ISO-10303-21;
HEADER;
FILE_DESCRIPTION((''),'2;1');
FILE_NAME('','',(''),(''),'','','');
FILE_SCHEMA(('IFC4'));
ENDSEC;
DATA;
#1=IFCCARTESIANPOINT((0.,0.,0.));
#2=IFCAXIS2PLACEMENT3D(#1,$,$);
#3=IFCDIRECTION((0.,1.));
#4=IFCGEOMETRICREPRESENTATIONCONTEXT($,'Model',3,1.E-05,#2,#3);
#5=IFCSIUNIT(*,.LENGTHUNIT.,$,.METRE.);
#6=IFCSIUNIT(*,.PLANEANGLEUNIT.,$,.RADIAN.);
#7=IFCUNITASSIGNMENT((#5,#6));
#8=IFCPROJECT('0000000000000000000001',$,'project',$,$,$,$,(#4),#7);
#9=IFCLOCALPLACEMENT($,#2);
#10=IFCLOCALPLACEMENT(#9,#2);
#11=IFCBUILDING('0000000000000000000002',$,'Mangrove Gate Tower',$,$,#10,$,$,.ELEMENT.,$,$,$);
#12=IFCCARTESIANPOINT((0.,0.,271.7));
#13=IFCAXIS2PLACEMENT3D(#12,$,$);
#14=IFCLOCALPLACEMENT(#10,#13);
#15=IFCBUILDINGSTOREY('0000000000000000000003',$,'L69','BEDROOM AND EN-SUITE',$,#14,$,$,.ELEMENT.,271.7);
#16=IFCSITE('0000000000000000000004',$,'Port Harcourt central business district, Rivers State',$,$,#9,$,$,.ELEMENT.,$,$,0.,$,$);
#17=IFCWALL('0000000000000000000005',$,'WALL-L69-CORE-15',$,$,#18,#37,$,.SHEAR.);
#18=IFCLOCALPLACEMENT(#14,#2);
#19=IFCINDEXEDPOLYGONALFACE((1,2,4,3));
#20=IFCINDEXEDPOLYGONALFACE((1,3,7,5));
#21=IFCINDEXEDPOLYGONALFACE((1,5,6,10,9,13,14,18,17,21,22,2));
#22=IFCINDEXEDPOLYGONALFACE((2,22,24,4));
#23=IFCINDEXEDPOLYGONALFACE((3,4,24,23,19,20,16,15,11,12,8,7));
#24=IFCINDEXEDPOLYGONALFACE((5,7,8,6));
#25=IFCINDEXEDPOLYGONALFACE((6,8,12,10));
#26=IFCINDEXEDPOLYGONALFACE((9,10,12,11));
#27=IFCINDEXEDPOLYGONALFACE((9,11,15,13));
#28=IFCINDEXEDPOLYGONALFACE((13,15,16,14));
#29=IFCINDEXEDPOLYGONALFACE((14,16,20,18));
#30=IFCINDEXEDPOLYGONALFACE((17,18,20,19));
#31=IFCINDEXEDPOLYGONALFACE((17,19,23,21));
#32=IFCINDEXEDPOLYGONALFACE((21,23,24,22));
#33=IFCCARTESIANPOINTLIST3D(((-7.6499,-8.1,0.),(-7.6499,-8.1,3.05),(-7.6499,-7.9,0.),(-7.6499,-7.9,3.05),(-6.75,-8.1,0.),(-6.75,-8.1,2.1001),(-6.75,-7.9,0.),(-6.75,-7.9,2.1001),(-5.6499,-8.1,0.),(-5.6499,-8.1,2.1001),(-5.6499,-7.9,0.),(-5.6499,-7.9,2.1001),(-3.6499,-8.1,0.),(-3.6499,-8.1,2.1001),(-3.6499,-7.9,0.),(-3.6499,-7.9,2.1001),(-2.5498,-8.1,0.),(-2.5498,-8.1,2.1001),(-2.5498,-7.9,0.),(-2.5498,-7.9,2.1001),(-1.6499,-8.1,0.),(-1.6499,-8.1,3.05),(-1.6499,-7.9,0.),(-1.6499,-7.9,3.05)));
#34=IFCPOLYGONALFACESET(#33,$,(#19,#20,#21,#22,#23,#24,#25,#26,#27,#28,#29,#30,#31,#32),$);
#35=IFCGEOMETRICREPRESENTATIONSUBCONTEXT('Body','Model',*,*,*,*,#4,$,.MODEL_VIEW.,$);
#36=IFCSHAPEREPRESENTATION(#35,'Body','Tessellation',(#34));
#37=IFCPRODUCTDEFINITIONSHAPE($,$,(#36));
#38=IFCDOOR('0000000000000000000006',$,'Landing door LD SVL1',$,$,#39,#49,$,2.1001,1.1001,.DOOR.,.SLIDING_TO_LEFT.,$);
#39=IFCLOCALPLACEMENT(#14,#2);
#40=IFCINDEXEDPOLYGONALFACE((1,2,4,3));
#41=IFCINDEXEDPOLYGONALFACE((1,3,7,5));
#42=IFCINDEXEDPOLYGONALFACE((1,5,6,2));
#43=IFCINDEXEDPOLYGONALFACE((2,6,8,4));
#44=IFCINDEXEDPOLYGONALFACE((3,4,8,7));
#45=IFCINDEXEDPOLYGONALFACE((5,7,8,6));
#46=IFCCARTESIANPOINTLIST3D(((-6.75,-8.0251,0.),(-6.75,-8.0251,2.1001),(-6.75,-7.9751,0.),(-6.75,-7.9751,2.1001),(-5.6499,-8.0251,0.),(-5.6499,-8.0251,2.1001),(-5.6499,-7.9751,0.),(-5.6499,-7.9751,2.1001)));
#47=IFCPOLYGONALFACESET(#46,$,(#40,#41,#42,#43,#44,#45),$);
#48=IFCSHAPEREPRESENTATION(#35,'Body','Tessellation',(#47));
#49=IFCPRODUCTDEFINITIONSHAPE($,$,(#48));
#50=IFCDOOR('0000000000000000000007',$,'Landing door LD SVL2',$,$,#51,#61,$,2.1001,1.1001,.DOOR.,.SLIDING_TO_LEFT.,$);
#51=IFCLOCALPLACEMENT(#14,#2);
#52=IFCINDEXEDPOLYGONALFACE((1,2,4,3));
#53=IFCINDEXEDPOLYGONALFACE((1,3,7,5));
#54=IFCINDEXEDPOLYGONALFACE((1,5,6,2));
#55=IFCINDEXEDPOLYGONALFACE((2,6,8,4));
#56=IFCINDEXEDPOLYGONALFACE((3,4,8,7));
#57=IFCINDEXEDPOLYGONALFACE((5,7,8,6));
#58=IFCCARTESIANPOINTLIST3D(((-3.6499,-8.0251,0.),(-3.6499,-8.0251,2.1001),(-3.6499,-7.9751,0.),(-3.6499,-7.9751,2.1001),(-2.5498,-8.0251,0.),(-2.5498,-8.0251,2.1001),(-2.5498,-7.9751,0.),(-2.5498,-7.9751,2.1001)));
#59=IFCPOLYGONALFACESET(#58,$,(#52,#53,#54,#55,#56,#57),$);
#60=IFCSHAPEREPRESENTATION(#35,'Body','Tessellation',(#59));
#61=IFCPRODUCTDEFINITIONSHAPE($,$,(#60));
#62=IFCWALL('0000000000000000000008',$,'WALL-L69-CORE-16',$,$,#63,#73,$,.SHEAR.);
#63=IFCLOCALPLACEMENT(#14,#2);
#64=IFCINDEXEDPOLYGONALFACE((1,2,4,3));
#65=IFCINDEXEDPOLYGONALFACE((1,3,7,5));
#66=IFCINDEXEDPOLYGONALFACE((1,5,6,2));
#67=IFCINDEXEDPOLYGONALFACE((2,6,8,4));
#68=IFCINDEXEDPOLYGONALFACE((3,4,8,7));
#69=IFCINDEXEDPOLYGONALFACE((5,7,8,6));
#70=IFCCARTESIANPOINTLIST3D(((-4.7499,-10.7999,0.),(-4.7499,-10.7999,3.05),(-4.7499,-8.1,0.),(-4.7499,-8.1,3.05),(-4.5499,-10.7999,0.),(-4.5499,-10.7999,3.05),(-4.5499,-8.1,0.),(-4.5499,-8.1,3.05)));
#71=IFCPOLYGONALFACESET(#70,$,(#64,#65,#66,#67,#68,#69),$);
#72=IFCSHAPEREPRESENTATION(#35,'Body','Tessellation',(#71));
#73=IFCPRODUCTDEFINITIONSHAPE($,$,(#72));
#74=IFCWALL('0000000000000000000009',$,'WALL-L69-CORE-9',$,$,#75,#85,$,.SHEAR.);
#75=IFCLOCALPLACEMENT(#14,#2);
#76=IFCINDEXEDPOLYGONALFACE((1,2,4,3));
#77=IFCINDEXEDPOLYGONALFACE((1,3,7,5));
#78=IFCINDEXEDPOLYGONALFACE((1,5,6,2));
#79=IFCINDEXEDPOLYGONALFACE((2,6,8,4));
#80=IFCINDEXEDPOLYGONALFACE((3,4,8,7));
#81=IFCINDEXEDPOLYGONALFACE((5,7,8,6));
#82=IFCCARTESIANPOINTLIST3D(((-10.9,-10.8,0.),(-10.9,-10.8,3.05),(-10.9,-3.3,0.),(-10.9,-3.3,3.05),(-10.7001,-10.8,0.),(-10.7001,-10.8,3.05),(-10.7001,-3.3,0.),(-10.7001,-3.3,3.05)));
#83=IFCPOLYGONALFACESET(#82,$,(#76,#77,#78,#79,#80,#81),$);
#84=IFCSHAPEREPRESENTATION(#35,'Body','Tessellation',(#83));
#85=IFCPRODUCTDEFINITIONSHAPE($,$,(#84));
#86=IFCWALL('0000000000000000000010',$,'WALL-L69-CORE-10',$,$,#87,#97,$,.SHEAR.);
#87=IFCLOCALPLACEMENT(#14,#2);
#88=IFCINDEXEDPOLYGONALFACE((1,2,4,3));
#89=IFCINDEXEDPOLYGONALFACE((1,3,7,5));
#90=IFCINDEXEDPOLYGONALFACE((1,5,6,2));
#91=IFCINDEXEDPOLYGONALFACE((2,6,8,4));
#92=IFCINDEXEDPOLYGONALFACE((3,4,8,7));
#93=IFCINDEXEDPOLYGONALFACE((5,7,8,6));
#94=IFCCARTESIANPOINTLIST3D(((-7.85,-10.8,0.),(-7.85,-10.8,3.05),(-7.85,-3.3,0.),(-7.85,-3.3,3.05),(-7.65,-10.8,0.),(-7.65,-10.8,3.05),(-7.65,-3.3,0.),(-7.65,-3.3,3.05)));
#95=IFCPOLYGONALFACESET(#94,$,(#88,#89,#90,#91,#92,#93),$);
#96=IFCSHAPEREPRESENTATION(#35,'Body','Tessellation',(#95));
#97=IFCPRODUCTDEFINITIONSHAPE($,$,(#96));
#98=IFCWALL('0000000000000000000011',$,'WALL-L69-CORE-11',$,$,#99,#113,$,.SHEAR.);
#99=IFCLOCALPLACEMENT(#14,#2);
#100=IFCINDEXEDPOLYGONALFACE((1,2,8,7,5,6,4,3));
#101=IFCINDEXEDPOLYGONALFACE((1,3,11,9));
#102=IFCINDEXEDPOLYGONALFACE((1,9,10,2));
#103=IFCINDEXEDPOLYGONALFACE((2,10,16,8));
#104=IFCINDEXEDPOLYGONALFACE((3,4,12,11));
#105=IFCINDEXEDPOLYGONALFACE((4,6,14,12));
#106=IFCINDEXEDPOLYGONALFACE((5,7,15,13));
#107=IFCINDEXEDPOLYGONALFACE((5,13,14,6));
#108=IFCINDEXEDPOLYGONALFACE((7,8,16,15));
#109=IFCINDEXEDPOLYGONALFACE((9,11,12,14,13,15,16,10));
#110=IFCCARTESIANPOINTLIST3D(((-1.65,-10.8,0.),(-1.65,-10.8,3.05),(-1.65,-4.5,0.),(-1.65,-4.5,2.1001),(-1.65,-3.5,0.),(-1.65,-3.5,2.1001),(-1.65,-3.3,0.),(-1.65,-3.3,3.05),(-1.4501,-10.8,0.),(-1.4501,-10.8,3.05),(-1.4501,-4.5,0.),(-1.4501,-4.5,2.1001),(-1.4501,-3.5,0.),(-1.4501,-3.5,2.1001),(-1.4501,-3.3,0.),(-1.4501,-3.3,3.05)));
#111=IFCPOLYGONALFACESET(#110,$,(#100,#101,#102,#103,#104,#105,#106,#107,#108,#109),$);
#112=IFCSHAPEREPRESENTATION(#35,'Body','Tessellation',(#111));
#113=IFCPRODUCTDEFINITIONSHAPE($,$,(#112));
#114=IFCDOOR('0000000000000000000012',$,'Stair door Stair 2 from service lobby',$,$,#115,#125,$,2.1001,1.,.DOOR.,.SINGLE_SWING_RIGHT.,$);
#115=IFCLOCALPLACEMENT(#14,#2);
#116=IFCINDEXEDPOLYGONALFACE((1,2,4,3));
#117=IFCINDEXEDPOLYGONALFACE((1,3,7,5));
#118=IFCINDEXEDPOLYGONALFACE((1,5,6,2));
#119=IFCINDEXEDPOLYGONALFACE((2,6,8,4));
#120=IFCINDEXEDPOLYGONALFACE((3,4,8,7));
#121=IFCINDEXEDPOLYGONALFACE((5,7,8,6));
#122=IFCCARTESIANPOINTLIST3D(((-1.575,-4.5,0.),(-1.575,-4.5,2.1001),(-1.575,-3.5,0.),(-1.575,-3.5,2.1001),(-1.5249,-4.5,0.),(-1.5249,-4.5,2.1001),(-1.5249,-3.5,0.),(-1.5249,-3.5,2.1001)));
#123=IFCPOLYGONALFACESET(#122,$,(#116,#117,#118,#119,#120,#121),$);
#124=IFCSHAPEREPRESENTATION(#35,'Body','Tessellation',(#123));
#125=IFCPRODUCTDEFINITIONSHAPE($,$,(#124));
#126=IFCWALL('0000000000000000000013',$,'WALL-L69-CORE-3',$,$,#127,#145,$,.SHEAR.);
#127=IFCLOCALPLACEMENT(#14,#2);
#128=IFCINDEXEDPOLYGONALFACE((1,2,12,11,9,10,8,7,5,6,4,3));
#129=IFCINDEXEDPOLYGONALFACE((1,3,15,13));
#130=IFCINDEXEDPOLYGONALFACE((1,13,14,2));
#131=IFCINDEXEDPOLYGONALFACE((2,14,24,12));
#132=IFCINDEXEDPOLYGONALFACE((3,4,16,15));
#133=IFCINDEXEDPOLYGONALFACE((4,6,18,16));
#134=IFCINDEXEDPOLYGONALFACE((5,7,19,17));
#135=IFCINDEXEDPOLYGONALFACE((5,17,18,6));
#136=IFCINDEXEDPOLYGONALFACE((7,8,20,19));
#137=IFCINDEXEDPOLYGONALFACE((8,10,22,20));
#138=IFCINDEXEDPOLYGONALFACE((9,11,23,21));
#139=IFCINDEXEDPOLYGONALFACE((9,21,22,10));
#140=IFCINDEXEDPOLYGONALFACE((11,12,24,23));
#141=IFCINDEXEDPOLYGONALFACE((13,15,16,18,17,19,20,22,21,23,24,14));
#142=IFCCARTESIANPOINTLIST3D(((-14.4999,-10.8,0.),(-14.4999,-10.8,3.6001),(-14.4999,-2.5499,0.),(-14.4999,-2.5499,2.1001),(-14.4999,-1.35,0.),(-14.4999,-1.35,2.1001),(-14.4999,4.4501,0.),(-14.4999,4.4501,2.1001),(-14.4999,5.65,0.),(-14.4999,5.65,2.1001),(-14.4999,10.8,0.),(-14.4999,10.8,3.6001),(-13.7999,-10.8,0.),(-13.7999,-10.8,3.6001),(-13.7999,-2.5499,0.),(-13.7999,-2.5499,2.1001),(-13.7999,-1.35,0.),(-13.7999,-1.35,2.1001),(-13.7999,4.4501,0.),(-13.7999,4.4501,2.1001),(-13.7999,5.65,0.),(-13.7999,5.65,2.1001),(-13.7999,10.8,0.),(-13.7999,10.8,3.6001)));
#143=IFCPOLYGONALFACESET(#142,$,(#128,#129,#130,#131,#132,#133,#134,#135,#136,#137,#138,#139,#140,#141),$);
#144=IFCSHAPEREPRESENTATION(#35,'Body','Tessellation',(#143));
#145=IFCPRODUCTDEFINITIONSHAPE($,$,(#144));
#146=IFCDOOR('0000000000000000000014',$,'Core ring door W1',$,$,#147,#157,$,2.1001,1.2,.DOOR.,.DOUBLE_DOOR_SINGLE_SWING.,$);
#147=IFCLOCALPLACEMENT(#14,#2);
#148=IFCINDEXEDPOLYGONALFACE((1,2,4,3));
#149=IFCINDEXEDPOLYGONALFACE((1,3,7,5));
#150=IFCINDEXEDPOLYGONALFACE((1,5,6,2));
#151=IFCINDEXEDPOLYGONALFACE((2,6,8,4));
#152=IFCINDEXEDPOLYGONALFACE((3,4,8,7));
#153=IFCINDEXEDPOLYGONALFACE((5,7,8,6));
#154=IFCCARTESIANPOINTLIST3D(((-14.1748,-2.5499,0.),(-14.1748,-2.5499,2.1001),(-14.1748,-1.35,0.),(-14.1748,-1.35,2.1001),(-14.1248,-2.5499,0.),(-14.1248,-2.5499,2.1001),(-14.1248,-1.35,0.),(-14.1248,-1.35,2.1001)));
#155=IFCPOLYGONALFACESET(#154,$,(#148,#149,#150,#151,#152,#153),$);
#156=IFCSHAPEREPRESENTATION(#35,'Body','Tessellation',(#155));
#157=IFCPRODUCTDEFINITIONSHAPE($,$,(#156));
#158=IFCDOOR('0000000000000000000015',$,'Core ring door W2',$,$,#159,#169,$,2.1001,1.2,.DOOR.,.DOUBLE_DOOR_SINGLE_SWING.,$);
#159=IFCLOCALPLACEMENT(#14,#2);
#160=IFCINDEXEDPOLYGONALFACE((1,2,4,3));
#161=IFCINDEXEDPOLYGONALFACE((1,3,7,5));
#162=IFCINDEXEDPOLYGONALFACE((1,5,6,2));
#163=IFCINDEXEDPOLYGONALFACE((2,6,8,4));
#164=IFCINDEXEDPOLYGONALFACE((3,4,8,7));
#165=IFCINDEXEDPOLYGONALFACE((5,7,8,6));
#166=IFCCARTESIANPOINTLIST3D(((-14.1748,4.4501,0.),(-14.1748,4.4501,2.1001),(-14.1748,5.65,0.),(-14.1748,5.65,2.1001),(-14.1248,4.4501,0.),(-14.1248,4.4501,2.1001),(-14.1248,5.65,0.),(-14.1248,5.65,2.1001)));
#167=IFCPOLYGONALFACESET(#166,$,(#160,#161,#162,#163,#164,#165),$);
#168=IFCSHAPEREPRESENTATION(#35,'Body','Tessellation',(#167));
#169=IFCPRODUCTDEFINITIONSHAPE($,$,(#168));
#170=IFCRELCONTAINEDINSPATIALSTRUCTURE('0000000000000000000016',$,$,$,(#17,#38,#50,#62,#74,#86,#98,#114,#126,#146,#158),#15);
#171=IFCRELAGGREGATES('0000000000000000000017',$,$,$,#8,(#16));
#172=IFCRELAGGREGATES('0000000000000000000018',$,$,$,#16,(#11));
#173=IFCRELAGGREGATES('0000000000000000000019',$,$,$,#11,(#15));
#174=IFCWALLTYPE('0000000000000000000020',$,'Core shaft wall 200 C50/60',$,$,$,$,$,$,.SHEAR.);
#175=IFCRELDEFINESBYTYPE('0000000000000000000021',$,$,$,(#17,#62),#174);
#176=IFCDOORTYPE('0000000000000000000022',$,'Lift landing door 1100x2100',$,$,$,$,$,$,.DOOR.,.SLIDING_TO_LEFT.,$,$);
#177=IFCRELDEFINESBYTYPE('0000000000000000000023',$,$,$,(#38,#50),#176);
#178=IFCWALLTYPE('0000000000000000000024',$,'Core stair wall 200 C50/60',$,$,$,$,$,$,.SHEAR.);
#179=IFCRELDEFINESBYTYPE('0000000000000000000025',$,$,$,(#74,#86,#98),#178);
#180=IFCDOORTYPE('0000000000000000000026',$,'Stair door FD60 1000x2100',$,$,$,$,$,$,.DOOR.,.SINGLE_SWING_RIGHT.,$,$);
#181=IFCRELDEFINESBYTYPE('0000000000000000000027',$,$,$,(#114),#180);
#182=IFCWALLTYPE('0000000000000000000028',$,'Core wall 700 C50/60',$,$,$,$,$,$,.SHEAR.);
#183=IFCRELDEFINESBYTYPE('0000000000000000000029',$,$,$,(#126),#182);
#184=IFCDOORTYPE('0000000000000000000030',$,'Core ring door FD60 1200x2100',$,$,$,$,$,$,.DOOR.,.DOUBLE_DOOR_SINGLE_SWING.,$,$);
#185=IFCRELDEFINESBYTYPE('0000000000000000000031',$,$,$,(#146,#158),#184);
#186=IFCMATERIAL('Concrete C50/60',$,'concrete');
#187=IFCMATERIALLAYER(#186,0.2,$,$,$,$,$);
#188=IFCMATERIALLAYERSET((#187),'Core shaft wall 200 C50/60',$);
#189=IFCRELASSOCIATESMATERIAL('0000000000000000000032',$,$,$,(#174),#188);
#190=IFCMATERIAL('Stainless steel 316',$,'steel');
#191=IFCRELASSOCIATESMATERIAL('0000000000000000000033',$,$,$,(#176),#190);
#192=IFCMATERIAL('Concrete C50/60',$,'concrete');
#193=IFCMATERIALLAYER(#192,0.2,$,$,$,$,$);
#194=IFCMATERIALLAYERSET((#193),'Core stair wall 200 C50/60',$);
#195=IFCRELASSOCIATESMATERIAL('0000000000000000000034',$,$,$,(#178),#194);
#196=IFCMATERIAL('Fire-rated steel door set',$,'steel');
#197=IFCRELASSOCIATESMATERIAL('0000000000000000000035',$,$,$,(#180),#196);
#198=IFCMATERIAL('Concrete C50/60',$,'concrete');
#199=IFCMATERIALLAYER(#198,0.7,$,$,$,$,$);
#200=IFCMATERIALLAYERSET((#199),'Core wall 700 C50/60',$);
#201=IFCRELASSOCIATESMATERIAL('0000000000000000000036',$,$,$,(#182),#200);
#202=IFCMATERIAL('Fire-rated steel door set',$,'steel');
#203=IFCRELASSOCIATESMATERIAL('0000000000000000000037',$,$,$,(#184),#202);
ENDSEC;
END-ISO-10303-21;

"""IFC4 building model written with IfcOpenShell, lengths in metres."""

from ifc_helpers import new_model, si_unit, direction, frame, frame_2d, origin, place, context, subcontext, project, spatial, rectangle, extrude, material, layer, layer_set, type_object, element, fill, save


model = new_model("IFC4")

# Units and contexts
model_context = context("Model", 3, precision=1e-05, world=origin(), true_north=direction((0.0, 1.0)))
body_context = subcontext(model_context, "Body", "Model", "MODEL_VIEW")
ifc_project = project(units=[si_unit("LENGTHUNIT", "METRE"), si_unit("PLANEANGLEUNIT", "RADIAN")], contexts=[model_context])

# Site, building, storey
site_placement = place(None, origin())
site = spatial("IfcSite", under=ifc_project, at=site_placement, Name="Port Harcourt central business district, Rivers State", CompositionType="ELEMENT", RefElevation=0.0)
building_placement = place(site_placement, origin())
building = spatial("IfcBuilding", under=site, at=building_placement, Name="Mangrove Gate Tower", CompositionType="ELEMENT")
storey_placement = place(building_placement, frame((0.0, 0.0, 271.7)))
storey = spatial("IfcBuildingStorey", under=building, at=storey_placement, Name="L69", Description="BEDROOM AND EN-SUITE", CompositionType="ELEMENT", Elevation=271.7)

# Wall, openings, doors
ifc_material_1 = material(Name="Concrete C50/60", Category="concrete")
ifc_layer_1 = layer(ifc_material_1, 0.2)
ifc_layer_set_1 = layer_set([ifc_layer_1], Name="Core shaft wall 200 C50/60")
wall_type_1 = type_object("IfcWallType", Name="Core shaft wall 200 C50/60", PredefinedType="SHEAR", material=ifc_layer_set_1)
wall_1_placement = place(storey_placement, frame((-7.6499, -8.0, 0.0), z_axis=(0.0, 0.0, 1.0), x_axis=(1.0, 0.0, 0.0)))
wall_1 = element("IfcWall", 1, at=wall_1_placement, inside=storey, type_object=wall_type_1, Name="WALL-L69-CORE-15", PredefinedType="SHEAR", context=body_context, shape_type="SweptSolid", body=[
    extrude(rectangle(XDim=6.0, YDim=0.2, at=frame_2d((3.0, 0.0))), origin(), (0.0, 0.0, 1.0), 3.05),
])
opening_1_placement = place(wall_1_placement, frame((0.8999, 0.0, 0.0)))
opening_1 = element("IfcOpeningElement", 2, at=opening_1_placement, cuts=wall_1, PredefinedType="OPENING", context=body_context, shape_type="SweptSolid", body=[
    extrude(rectangle(XDim=1.1001, YDim=2.1001, at=frame_2d((0.55, 1.05))), frame((0.0, 0.1099, 0.0), z_axis=(0.0, -1.0, 0.0), x_axis=(1.0, 0.0, 0.0)), (0.0, 0.0, 1.0), 0.22),
])
opening_2_placement = place(wall_1_placement, frame((4.0, 0.0, 0.0)))
opening_2 = element("IfcOpeningElement", 3, at=opening_2_placement, cuts=wall_1, PredefinedType="OPENING", context=body_context, shape_type="SweptSolid", body=[
    extrude(rectangle(XDim=1.1001, YDim=2.1001, at=frame_2d((0.55, 1.05))), frame((0.0, 0.1099, 0.0), z_axis=(0.0, -1.0, 0.0), x_axis=(1.0, 0.0, 0.0)), (0.0, 0.0, 1.0), 0.22),
])
ifc_material_2 = material(Name="Stainless steel 316", Category="steel")
door_type_1 = type_object("IfcDoorType", Name="Lift landing door 1100x2100", OperationType="SLIDING_TO_LEFT", PredefinedType="DOOR", material=ifc_material_2)
door_1_placement = place(opening_1_placement, origin())
door_1 = element("IfcDoor", 4, at=door_1_placement, inside=storey, type_object=door_type_1, Name="Landing door LD SVL1", OperationType="SLIDING_TO_LEFT", OverallHeight=2.1001, OverallWidth=1.1001, PredefinedType="DOOR", context=body_context, shape_type="SweptSolid", body=[
    extrude(rectangle(XDim=1.1001, YDim=2.1001, at=frame_2d((0.55, 1.05))), frame((0.0, 0.0249, 0.0), z_axis=(0.0, -1.0, 0.0), x_axis=(1.0, 0.0, 0.0)), (0.0, 0.0, 1.0), 0.05),
])
fill(opening_1, door_1)
door_2_placement = place(opening_2_placement, origin())
door_2 = element("IfcDoor", 5, at=door_2_placement, inside=storey, type_object=door_type_1, Name="Landing door LD SVL2", OperationType="SLIDING_TO_LEFT", OverallHeight=2.1001, OverallWidth=1.1001, PredefinedType="DOOR", context=body_context, shape_type="SweptSolid", body=[
    extrude(rectangle(XDim=1.1001, YDim=2.1001, at=frame_2d((0.55, 1.05))), frame((0.0, 0.0249, 0.0), z_axis=(0.0, -1.0, 0.0), x_axis=(1.0, 0.0, 0.0)), (0.0, 0.0, 1.0), 0.05),
])
fill(opening_2, door_2)

# Walls
wall_2_placement = place(storey_placement, frame((-4.6499, -10.8, 0.0), z_axis=(0.0, 0.0, 1.0), x_axis=(0.0, 1.0, 0.0)))
element("IfcWall", 6, at=wall_2_placement, inside=storey, type_object=wall_type_1, Name="WALL-L69-CORE-16", PredefinedType="SHEAR", context=body_context, shape_type="SweptSolid", body=[
    extrude(rectangle(XDim=2.7, YDim=0.2, at=frame_2d((1.3501, 0.0))), origin(), (0.0, 0.0, 1.0), 3.05),
])
ifc_material_3 = material(Name="Concrete C50/60", Category="concrete")
ifc_layer_2 = layer(ifc_material_3, 0.2)
ifc_layer_set_2 = layer_set([ifc_layer_2], Name="Core stair wall 200 C50/60")
wall_type_2 = type_object("IfcWallType", Name="Core stair wall 200 C50/60", PredefinedType="SHEAR", material=ifc_layer_set_2)
for number, where, z_axis, x_axis, name in (
    (7, (-10.8, -10.8, 0.0), (0.0, 0.0, 1.0), (0.0, 1.0, 0.0), "WALL-L69-CORE-9"),
    (8, (-7.75, -10.8, 0.0), (0.0, 0.0, 1.0), (0.0, 1.0, 0.0), "WALL-L69-CORE-10"),
):
    element("IfcWall", number, at=place(storey_placement, frame(where, z_axis=z_axis, x_axis=x_axis)), inside=storey, type_object=wall_type_2, Name=name, PredefinedType="SHEAR", context=body_context, shape_type="SweptSolid", body=[
        extrude(rectangle(XDim=7.5, YDim=0.2, at=frame_2d((3.75, 0.0))), origin(), (0.0, 0.0, 1.0), 3.05),
    ])

# Wall, opening, door
wall_3_placement = place(storey_placement, frame((-1.55, -10.8, 0.0), z_axis=(0.0, 0.0, 1.0), x_axis=(0.0, 1.0, 0.0)))
wall_3 = element("IfcWall", 9, at=wall_3_placement, inside=storey, type_object=wall_type_2, Name="WALL-L69-CORE-11", PredefinedType="SHEAR", context=body_context, shape_type="SweptSolid", body=[
    extrude(rectangle(XDim=7.5, YDim=0.2, at=frame_2d((3.75, 0.0))), origin(), (0.0, 0.0, 1.0), 3.05),
])
opening_3_placement = place(wall_3_placement, frame((6.3, 0.0, 0.0)))
opening_3 = element("IfcOpeningElement", 10, at=opening_3_placement, cuts=wall_3, PredefinedType="OPENING", context=body_context, shape_type="SweptSolid", body=[
    extrude(rectangle(XDim=1.0, YDim=2.1001, at=frame_2d((0.5, 1.05))), frame((0.0, 0.1099, 0.0), z_axis=(0.0, -1.0, 0.0), x_axis=(1.0, 0.0, 0.0)), (0.0, 0.0, 1.0), 0.22),
])
ifc_material_4 = material(Name="Fire-rated steel door set", Category="steel")
door_type_2 = type_object("IfcDoorType", Name="Stair door FD60 1000x2100", OperationType="SINGLE_SWING_RIGHT", PredefinedType="DOOR", material=ifc_material_4)
door_3_placement = place(opening_3_placement, origin())
door_3 = element("IfcDoor", 11, at=door_3_placement, inside=storey, type_object=door_type_2, Name="Stair door Stair 2 from service lobby", OperationType="SINGLE_SWING_RIGHT", OverallHeight=2.1001, OverallWidth=1.0, PredefinedType="DOOR", context=body_context, shape_type="SweptSolid", body=[
    extrude(rectangle(XDim=1.0, YDim=2.1001, at=frame_2d((0.5, 1.05))), frame((0.0, 0.0249, 0.0), z_axis=(0.0, -1.0, 0.0), x_axis=(1.0, 0.0, 0.0)), (0.0, 0.0, 1.0), 0.05),
])
fill(opening_3, door_3)

# Wall, openings, doors
ifc_material_5 = material(Name="Concrete C50/60", Category="concrete")
ifc_layer_3 = layer(ifc_material_5, 0.7)
ifc_layer_set_3 = layer_set([ifc_layer_3], Name="Core wall 700 C50/60")
wall_type_3 = type_object("IfcWallType", Name="Core wall 700 C50/60", PredefinedType="SHEAR", material=ifc_layer_set_3)
wall_4_placement = place(storey_placement, frame((-14.1499, -10.8, 0.0), z_axis=(0.0, 0.0, 1.0), x_axis=(0.0, 1.0, 0.0)))
wall_4 = element("IfcWall", 12, at=wall_4_placement, inside=storey, type_object=wall_type_3, Name="WALL-L69-CORE-3", PredefinedType="SHEAR", context=body_context, shape_type="SweptSolid", body=[
    extrude(rectangle(XDim=21.6001, YDim=0.7, at=frame_2d((10.8, 0.0))), origin(), (0.0, 0.0, 1.0), 3.6001),
])
opening_4_placement = place(wall_4_placement, frame((8.25, 0.0, 0.0)))
opening_4 = element("IfcOpeningElement", 13, at=opening_4_placement, cuts=wall_4, PredefinedType="OPENING", context=body_context, shape_type="SweptSolid", body=[
    extrude(rectangle(XDim=1.2, YDim=2.1001, at=frame_2d((0.6001, 1.05))), frame((0.0, 0.3599, 0.0), z_axis=(0.0, -1.0, 0.0), x_axis=(1.0, 0.0, 0.0)), (0.0, 0.0, 1.0), 0.72),
])
opening_5_placement = place(wall_4_placement, frame((15.25, 0.0, 0.0)))
opening_5 = element("IfcOpeningElement", 14, at=opening_5_placement, cuts=wall_4, PredefinedType="OPENING", context=body_context, shape_type="SweptSolid", body=[
    extrude(rectangle(XDim=1.2, YDim=2.1001, at=frame_2d((0.6001, 1.05))), frame((0.0, 0.3599, 0.0), z_axis=(0.0, -1.0, 0.0), x_axis=(1.0, 0.0, 0.0)), (0.0, 0.0, 1.0), 0.72),
])
ifc_material_6 = material(Name="Fire-rated steel door set", Category="steel")
door_type_3 = type_object("IfcDoorType", Name="Core ring door FD60 1200x2100", OperationType="DOUBLE_DOOR_SINGLE_SWING", PredefinedType="DOOR", material=ifc_material_6)
door_4_placement = place(opening_4_placement, origin())
door_4 = element("IfcDoor", 15, at=door_4_placement, inside=storey, type_object=door_type_3, Name="Core ring door W1", OperationType="DOUBLE_DOOR_SINGLE_SWING", OverallHeight=2.1001, OverallWidth=1.2, PredefinedType="DOOR", context=body_context, shape_type="SweptSolid", body=[
    extrude(rectangle(XDim=1.2, YDim=2.1001, at=frame_2d((0.6001, 1.05))), frame((0.0, 0.0249, 0.0), z_axis=(0.0, -1.0, 0.0), x_axis=(1.0, 0.0, 0.0)), (0.0, 0.0, 1.0), 0.05),
])
fill(opening_4, door_4)
door_5_placement = place(opening_5_placement, origin())
door_5 = element("IfcDoor", 16, at=door_5_placement, inside=storey, type_object=door_type_3, Name="Core ring door W2", OperationType="DOUBLE_DOOR_SINGLE_SWING", OverallHeight=2.1001, OverallWidth=1.2, PredefinedType="DOOR", context=body_context, shape_type="SweptSolid", body=[
    extrude(rectangle(XDim=1.2, YDim=2.1001, at=frame_2d((0.6001, 1.05))), frame((0.0, 0.0249, 0.0), z_axis=(0.0, -1.0, 0.0), x_axis=(1.0, 0.0, 0.0)), (0.0, 0.0, 1.0), 0.05),
])
fill(opening_5, door_5)

save(model, "model.ifc")
